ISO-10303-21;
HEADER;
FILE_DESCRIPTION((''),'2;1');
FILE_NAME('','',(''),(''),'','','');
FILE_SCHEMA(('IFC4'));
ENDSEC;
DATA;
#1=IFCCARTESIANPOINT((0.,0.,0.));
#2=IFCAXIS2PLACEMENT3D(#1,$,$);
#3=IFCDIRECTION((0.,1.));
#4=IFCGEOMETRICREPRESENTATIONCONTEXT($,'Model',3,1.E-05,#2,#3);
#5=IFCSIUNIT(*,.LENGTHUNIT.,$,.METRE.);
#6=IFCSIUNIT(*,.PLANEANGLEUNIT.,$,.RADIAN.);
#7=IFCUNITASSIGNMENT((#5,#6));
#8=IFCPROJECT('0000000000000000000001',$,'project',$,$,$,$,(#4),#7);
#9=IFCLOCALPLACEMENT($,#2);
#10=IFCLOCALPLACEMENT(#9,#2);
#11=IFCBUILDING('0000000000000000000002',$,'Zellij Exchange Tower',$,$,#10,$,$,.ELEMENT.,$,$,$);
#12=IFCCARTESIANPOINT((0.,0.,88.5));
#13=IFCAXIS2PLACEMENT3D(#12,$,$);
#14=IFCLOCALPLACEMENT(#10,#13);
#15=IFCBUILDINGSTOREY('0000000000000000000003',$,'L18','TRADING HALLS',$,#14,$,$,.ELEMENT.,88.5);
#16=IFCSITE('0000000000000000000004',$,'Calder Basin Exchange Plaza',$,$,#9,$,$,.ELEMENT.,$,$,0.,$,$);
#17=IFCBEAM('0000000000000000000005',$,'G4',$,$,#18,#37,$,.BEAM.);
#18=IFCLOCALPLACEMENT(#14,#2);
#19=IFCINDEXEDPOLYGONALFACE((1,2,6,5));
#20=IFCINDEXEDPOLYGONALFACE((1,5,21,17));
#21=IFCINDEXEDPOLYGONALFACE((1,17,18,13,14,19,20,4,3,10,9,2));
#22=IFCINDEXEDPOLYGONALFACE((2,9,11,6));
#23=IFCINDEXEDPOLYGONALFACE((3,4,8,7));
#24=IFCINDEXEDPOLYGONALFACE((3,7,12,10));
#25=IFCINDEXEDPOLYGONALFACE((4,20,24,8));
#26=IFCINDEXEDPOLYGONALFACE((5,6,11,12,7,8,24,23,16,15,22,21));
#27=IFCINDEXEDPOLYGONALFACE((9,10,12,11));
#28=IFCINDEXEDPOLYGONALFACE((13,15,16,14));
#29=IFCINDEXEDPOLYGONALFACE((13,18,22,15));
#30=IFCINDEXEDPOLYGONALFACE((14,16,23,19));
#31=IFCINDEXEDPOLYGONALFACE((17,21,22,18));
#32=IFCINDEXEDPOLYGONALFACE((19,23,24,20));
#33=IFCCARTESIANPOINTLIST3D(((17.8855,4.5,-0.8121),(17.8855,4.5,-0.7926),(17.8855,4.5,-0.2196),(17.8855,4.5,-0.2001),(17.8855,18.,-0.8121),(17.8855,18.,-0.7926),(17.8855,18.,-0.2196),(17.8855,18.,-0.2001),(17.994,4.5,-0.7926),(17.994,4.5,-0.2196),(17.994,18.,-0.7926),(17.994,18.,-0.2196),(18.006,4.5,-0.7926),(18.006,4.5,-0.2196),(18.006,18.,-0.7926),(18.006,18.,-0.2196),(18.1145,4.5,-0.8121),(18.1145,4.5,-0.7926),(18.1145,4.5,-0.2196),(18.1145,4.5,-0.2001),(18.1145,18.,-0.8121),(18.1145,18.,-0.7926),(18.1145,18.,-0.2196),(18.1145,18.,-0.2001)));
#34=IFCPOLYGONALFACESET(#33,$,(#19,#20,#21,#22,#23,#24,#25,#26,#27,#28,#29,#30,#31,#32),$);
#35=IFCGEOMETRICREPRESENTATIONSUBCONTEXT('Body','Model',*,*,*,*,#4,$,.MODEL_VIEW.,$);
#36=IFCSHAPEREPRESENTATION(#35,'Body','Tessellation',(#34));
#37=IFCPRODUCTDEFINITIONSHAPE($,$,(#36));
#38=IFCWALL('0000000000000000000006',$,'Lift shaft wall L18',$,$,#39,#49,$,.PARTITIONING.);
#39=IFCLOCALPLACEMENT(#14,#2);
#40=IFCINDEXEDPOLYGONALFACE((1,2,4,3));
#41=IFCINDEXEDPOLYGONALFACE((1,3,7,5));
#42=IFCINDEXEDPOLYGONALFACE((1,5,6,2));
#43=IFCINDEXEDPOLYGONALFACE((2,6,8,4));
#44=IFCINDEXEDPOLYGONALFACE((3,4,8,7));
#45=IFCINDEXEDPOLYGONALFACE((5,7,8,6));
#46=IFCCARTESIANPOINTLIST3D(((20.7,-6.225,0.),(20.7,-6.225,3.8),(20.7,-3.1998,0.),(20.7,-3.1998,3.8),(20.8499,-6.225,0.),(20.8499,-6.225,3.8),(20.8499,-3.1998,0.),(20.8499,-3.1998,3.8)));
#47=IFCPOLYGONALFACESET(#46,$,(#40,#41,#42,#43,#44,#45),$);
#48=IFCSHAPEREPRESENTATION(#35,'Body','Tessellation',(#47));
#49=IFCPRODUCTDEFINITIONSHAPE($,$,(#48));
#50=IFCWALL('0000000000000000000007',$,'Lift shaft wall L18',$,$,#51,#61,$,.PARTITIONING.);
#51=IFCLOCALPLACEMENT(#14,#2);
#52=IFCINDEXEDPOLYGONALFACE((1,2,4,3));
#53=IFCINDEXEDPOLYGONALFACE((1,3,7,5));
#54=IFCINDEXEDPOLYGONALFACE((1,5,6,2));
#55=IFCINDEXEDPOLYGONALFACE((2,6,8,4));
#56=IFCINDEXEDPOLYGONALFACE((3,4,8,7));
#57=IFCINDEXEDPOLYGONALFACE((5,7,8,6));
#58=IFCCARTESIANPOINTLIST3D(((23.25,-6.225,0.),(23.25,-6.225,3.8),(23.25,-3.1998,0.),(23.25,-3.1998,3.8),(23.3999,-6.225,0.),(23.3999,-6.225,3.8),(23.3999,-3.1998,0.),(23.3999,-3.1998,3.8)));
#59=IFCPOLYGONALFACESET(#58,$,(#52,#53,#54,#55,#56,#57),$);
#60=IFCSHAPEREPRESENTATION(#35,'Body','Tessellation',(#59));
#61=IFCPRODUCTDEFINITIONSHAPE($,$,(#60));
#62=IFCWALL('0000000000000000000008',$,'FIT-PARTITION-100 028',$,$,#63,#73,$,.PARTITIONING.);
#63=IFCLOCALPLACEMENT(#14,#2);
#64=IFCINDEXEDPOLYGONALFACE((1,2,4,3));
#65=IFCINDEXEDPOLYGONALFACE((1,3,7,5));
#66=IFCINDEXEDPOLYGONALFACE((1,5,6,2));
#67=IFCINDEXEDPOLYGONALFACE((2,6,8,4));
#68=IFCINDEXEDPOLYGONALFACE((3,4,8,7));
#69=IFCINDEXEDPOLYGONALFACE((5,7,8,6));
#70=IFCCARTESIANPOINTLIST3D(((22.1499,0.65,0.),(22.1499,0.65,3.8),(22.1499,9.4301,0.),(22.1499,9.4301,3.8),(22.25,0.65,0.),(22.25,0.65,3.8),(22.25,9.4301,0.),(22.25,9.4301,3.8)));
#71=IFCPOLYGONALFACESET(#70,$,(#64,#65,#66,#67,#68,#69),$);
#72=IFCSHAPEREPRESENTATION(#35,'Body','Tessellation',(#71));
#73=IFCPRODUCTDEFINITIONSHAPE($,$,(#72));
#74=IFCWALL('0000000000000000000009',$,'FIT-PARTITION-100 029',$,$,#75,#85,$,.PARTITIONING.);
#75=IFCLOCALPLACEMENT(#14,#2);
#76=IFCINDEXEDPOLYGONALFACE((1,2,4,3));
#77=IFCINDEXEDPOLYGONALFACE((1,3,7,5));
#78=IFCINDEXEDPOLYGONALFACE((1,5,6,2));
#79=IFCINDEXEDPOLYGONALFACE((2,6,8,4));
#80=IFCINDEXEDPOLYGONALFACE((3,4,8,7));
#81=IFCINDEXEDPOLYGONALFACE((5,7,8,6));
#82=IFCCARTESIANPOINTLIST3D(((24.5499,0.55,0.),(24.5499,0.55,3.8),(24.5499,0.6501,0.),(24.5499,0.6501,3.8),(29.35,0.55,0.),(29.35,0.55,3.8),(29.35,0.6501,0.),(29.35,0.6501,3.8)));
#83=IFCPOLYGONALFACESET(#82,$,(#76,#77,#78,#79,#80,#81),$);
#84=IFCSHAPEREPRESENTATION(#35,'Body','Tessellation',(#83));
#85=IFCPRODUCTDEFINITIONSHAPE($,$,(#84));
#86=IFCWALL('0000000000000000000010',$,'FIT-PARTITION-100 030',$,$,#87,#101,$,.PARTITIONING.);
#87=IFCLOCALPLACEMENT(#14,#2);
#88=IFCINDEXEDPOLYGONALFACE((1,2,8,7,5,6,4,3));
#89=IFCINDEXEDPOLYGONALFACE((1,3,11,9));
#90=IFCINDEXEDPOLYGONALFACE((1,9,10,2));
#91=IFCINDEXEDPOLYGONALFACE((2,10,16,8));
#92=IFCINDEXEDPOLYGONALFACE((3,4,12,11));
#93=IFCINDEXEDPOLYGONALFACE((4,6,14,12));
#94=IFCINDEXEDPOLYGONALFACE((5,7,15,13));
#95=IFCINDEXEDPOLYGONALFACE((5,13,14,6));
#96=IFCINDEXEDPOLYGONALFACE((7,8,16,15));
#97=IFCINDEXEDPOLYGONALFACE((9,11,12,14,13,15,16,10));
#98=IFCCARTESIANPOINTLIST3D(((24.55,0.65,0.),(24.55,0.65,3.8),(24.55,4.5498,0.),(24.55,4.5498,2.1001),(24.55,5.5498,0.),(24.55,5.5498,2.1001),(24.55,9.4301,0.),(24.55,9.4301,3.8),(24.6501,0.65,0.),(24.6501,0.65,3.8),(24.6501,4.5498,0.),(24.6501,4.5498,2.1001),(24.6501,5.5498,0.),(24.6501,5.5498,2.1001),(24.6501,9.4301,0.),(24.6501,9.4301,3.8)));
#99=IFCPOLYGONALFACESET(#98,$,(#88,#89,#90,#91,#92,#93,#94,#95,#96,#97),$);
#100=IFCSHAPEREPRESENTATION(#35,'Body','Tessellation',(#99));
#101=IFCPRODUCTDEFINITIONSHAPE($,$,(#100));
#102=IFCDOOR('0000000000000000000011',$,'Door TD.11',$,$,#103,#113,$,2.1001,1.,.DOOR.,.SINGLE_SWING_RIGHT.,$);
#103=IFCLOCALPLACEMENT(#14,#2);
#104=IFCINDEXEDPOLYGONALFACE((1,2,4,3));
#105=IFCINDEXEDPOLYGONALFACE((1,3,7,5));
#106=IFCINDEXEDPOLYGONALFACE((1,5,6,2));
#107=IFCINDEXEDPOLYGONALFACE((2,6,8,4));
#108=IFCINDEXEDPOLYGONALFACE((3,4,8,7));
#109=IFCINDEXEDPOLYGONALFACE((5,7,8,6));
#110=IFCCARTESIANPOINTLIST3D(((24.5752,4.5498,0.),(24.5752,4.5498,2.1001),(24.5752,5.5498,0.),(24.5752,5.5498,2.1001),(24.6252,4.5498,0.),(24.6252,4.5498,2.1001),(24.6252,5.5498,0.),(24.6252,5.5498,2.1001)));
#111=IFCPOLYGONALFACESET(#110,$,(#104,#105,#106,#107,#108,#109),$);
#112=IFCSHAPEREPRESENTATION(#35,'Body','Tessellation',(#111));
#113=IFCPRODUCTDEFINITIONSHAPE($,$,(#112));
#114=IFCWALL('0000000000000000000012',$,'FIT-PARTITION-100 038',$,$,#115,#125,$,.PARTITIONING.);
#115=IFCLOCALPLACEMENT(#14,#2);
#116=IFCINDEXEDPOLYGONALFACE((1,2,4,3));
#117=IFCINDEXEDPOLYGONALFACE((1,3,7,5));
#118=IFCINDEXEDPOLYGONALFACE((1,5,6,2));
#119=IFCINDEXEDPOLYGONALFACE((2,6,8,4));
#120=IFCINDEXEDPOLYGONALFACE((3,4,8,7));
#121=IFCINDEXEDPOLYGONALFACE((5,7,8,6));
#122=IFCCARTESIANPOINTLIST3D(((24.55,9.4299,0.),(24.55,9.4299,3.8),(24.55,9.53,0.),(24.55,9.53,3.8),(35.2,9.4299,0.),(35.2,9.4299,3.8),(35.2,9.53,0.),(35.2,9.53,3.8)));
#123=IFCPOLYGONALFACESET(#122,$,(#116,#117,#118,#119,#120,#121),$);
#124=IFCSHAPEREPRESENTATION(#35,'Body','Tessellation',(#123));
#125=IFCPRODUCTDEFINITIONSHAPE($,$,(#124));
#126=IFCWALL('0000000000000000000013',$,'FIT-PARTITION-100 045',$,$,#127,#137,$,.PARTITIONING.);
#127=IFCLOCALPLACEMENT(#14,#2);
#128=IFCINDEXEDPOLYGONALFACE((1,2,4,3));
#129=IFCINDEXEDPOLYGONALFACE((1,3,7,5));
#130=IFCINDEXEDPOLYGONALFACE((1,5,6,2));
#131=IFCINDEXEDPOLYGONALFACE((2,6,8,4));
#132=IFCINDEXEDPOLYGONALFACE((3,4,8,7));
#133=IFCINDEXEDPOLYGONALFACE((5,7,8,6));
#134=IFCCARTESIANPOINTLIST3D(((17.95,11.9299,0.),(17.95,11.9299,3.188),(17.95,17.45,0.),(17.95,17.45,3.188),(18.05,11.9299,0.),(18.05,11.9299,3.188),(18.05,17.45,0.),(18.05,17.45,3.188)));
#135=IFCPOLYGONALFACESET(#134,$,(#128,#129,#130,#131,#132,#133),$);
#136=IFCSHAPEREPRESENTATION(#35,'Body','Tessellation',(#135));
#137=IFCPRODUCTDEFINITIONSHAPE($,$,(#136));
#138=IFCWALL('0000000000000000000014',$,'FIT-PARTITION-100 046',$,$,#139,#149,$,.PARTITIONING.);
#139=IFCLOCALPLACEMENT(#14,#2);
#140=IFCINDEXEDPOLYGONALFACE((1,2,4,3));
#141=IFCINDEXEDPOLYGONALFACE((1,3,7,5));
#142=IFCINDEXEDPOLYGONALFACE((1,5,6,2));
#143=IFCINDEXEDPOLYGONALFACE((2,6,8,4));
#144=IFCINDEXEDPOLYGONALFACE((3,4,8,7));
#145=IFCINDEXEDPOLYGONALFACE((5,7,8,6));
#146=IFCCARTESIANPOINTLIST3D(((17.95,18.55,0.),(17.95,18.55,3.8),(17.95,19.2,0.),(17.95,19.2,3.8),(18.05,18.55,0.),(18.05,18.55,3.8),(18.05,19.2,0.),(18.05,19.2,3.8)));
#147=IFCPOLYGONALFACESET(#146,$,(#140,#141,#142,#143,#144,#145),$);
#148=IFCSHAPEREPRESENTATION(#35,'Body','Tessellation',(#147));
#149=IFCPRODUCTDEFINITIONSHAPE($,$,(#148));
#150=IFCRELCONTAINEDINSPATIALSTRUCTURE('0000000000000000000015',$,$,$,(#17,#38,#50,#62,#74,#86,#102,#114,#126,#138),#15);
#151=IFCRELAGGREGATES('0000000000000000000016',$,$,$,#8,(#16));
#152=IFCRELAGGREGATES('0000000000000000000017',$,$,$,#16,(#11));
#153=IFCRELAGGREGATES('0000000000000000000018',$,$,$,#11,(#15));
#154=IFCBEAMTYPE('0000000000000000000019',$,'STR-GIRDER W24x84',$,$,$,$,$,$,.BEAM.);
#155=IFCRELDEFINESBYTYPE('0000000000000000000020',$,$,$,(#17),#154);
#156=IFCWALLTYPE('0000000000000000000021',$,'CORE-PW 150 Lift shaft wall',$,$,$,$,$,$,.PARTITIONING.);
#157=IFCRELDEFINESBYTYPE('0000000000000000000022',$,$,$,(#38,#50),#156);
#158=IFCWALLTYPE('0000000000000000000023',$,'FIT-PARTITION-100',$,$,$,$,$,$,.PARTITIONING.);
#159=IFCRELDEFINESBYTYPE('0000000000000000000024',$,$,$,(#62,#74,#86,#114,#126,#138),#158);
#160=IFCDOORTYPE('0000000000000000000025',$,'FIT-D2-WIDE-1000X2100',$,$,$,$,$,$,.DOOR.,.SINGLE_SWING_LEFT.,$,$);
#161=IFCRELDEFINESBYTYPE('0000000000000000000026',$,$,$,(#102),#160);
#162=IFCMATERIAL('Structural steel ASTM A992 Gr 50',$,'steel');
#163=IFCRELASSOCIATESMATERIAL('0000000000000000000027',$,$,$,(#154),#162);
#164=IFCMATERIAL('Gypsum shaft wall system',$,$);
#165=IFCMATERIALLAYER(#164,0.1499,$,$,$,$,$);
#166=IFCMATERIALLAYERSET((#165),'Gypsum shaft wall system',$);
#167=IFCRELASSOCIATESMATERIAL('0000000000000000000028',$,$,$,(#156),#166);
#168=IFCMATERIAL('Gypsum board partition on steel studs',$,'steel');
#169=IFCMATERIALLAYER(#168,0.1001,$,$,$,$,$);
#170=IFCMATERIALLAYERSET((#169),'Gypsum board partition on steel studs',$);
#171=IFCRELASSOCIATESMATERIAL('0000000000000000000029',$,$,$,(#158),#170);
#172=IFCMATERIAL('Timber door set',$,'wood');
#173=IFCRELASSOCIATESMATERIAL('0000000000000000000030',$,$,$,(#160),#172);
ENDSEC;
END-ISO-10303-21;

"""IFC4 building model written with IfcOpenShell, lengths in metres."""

from ifc_helpers import new_model, si_unit, direction, frame, frame_2d, origin, origin_2d, place, context, subcontext, project, spatial, rectangle, i_section, extrude, material, layer, layer_set, material_profile, profile_set, type_object, element, fill, save


model = new_model("IFC4")

# Units and contexts
model_context = context("Model", 3, precision=1e-05, world=origin(), true_north=direction((0.0, 1.0)))
body_context = subcontext(model_context, "Body", "Model", "MODEL_VIEW")
ifc_project = project(units=[si_unit("LENGTHUNIT", "METRE"), si_unit("PLANEANGLEUNIT", "RADIAN")], contexts=[model_context])

# Site, building, storey
site_placement = place(None, origin())
site = spatial("IfcSite", under=ifc_project, at=site_placement, Name="Calder Basin Exchange Plaza", CompositionType="ELEMENT", RefElevation=0.0)
building_placement = place(site_placement, origin())
building = spatial("IfcBuilding", under=site, at=building_placement, Name="Zellij Exchange Tower", CompositionType="ELEMENT")
storey_placement = place(building_placement, frame((0.0, 0.0, 88.5)))
storey = spatial("IfcBuildingStorey", under=building, at=storey_placement, Name="L18", Description="TRADING HALLS", CompositionType="ELEMENT", Elevation=88.5)

# Beam
ifc_material_1 = material(Name="Structural steel ASTM A992 Gr 50", Category="steel")
ifc_material_profile_1 = material_profile(ifc_material_1, i_section(OverallWidth=0.229, OverallDepth=0.6121, WebThickness=0.012, FlangeThickness=0.0195, at=origin_2d()), Name="W24x84")
ifc_profile_set_1 = profile_set([ifc_material_profile_1], Name="Structural steel ASTM A992 Gr 50")
beam_type_1 = type_object("IfcBeamType", Name="STR-GIRDER W24x84", PredefinedType="BEAM", material=ifc_profile_set_1)
for number, where, z_axis, x_axis, name in (
    (1, (18.0, 4.5, -0.5061), (0.0, 1.0, 0.0), (-1.0, 0.0, 0.0), "G4"),
):
    element("IfcBeam", number, at=place(storey_placement, frame(where, z_axis=z_axis, x_axis=x_axis)), inside=storey, type_object=beam_type_1, Name=name, PredefinedType="BEAM", context=body_context, shape_type="SweptSolid", body=[
        extrude(i_section(OverallWidth=0.229, OverallDepth=0.6121, WebThickness=0.012, FlangeThickness=0.0195, at=origin_2d()), origin(), (0.0, 0.0, 1.0), 13.5),
    ])

# Walls
ifc_material_2 = material(Name="Gypsum shaft wall system")
ifc_layer_1 = layer(ifc_material_2, 0.1499)
ifc_layer_set_1 = layer_set([ifc_layer_1], Name="Gypsum shaft wall system")
wall_type_1 = type_object("IfcWallType", Name="CORE-PW 150 Lift shaft wall", PredefinedType="PARTITIONING", material=ifc_layer_set_1)
for number, where, z_axis, x_axis, name in (
    (2, (20.7749, -6.2251, 0.0), (0.0, 0.0, 1.0), (0.0, 1.0, 0.0), "Lift shaft wall L18"),
    (3, (23.325, -6.2251, 0.0), (0.0, 0.0, 1.0), (0.0, 1.0, 0.0), "Lift shaft wall L18"),
):
    element("IfcWall", number, at=place(storey_placement, frame(where, z_axis=z_axis, x_axis=x_axis)), inside=storey, type_object=wall_type_1, Name=name, PredefinedType="PARTITIONING", context=body_context, shape_type="SweptSolid", body=[
        extrude(rectangle(XDim=3.0251, YDim=0.1499, at=frame_2d((1.5127, 0.0))), origin(), (0.0, 0.0, 1.0), 3.8),
    ])
ifc_material_3 = material(Name="Gypsum board partition on steel studs", Category="steel")
ifc_layer_2 = layer(ifc_material_3, 0.1001)
ifc_layer_set_2 = layer_set([ifc_layer_2], Name="Gypsum board partition on steel studs")
wall_type_2 = type_object("IfcWallType", Name="FIT-PARTITION-100", PredefinedType="PARTITIONING", material=ifc_layer_set_2)
wall_1_placement = place(storey_placement, frame((22.2, 0.6499, 0.0), z_axis=(0.0, 0.0, 1.0), x_axis=(0.0, 1.0, 0.0)))
element("IfcWall", 4, at=wall_1_placement, inside=storey, type_object=wall_type_2, Name="FIT-PARTITION-100 028", PredefinedType="PARTITIONING", context=body_context, shape_type="SweptSolid", body=[
    extrude(rectangle(XDim=8.78, YDim=0.1001, at=frame_2d((4.3901, 0.0))), origin(), (0.0, 0.0, 1.0), 3.8),
])
wall_2_placement = place(storey_placement, frame((24.55, 0.6001, 0.0), z_axis=(0.0, 0.0, 1.0), x_axis=(1.0, 0.0, 0.0)))
element("IfcWall", 5, at=wall_2_placement, inside=storey, type_object=wall_type_2, Name="FIT-PARTITION-100 029", PredefinedType="PARTITIONING", context=body_context, shape_type="SweptSolid", body=[
    extrude(rectangle(XDim=4.8, YDim=0.1001, at=frame_2d((2.3999, 0.0))), origin(), (0.0, 0.0, 1.0), 3.8),
])

# Wall, opening, door
wall_3_placement = place(storey_placement, frame((24.6001, 0.6499, 0.0), z_axis=(0.0, 0.0, 1.0), x_axis=(0.0, 1.0, 0.0)))
wall_3 = element("IfcWall", 6, at=wall_3_placement, inside=storey, type_object=wall_type_2, Name="FIT-PARTITION-100 030", PredefinedType="PARTITIONING", context=body_context, shape_type="SweptSolid", body=[
    extrude(rectangle(XDim=8.78, YDim=0.1001, at=frame_2d((4.3901, 0.0))), origin(), (0.0, 0.0, 1.0), 3.8),
])
opening_placement = place(wall_3_placement, frame((3.8999, 0.0, 0.0)))
opening = element("IfcOpeningElement", 7, at=opening_placement, cuts=wall_3, PredefinedType="OPENING", context=body_context, shape_type="SweptSolid", body=[
    extrude(rectangle(XDim=1.0, YDim=2.1001, at=frame_2d((0.5, 1.05))), frame((0.0, 0.062, 0.0), z_axis=(0.0, -1.0, 0.0), x_axis=(1.0, 0.0, 0.0)), (0.0, 0.0, 1.0), 0.124),
])
ifc_material_4 = material(Name="Timber door set", Category="wood")
door_type = type_object("IfcDoorType", Name="FIT-D2-WIDE-1000X2100", OperationType="SINGLE_SWING_LEFT", PredefinedType="DOOR", material=ifc_material_4)
door_placement = place(opening_placement, origin())
door = element("IfcDoor", 8, at=door_placement, inside=storey, type_object=door_type, Name="Door TD.11", OperationType="SINGLE_SWING_RIGHT", OverallHeight=2.1001, OverallWidth=1.0, PredefinedType="DOOR", context=body_context, shape_type="SweptSolid", body=[
    extrude(rectangle(XDim=1.0, YDim=2.1001, at=frame_2d((0.5, 1.05))), frame((0.0, 0.0249, 0.0), z_axis=(0.0, -1.0, 0.0), x_axis=(1.0, 0.0, 0.0)), (0.0, 0.0, 1.0), 0.05),
])
fill(opening, door)

# Walls
wall_4_placement = place(storey_placement, frame((24.55, 9.48, 0.0), z_axis=(0.0, 0.0, 1.0), x_axis=(1.0, 0.0, 0.0)))
element("IfcWall", 9, at=wall_4_placement, inside=storey, type_object=wall_type_2, Name="FIT-PARTITION-100 038", PredefinedType="PARTITIONING", context=body_context, shape_type="SweptSolid", body=[
    extrude(rectangle(XDim=10.6499, YDim=0.1001, at=frame_2d((5.325, 0.0))), origin(), (0.0, 0.0, 1.0), 3.8),
])
wall_5_placement = place(storey_placement, frame((18.0, 11.9299, 0.0), z_axis=(0.0, 0.0, 1.0), x_axis=(0.0, 1.0, 0.0)))
element("IfcWall", 10, at=wall_5_placement, inside=storey, type_object=wall_type_2, Name="FIT-PARTITION-100 045", PredefinedType="PARTITIONING", context=body_context, shape_type="SweptSolid", body=[
    extrude(rectangle(XDim=5.52, YDim=0.1001, at=frame_2d((2.76, 0.0))), origin(), (0.0, 0.0, 1.0), 3.188),
])
wall_6_placement = place(storey_placement, frame((18.0, 18.55, 0.0), z_axis=(0.0, 0.0, 1.0), x_axis=(0.0, 1.0, 0.0)))
element("IfcWall", 11, at=wall_6_placement, inside=storey, type_object=wall_type_2, Name="FIT-PARTITION-100 046", PredefinedType="PARTITIONING", context=body_context, shape_type="SweptSolid", body=[
    extrude(rectangle(XDim=0.6499, YDim=0.1001, at=frame_2d((0.325, 0.0))), origin(), (0.0, 0.0, 1.0), 3.8),
])

save(model, "model.ifc")
